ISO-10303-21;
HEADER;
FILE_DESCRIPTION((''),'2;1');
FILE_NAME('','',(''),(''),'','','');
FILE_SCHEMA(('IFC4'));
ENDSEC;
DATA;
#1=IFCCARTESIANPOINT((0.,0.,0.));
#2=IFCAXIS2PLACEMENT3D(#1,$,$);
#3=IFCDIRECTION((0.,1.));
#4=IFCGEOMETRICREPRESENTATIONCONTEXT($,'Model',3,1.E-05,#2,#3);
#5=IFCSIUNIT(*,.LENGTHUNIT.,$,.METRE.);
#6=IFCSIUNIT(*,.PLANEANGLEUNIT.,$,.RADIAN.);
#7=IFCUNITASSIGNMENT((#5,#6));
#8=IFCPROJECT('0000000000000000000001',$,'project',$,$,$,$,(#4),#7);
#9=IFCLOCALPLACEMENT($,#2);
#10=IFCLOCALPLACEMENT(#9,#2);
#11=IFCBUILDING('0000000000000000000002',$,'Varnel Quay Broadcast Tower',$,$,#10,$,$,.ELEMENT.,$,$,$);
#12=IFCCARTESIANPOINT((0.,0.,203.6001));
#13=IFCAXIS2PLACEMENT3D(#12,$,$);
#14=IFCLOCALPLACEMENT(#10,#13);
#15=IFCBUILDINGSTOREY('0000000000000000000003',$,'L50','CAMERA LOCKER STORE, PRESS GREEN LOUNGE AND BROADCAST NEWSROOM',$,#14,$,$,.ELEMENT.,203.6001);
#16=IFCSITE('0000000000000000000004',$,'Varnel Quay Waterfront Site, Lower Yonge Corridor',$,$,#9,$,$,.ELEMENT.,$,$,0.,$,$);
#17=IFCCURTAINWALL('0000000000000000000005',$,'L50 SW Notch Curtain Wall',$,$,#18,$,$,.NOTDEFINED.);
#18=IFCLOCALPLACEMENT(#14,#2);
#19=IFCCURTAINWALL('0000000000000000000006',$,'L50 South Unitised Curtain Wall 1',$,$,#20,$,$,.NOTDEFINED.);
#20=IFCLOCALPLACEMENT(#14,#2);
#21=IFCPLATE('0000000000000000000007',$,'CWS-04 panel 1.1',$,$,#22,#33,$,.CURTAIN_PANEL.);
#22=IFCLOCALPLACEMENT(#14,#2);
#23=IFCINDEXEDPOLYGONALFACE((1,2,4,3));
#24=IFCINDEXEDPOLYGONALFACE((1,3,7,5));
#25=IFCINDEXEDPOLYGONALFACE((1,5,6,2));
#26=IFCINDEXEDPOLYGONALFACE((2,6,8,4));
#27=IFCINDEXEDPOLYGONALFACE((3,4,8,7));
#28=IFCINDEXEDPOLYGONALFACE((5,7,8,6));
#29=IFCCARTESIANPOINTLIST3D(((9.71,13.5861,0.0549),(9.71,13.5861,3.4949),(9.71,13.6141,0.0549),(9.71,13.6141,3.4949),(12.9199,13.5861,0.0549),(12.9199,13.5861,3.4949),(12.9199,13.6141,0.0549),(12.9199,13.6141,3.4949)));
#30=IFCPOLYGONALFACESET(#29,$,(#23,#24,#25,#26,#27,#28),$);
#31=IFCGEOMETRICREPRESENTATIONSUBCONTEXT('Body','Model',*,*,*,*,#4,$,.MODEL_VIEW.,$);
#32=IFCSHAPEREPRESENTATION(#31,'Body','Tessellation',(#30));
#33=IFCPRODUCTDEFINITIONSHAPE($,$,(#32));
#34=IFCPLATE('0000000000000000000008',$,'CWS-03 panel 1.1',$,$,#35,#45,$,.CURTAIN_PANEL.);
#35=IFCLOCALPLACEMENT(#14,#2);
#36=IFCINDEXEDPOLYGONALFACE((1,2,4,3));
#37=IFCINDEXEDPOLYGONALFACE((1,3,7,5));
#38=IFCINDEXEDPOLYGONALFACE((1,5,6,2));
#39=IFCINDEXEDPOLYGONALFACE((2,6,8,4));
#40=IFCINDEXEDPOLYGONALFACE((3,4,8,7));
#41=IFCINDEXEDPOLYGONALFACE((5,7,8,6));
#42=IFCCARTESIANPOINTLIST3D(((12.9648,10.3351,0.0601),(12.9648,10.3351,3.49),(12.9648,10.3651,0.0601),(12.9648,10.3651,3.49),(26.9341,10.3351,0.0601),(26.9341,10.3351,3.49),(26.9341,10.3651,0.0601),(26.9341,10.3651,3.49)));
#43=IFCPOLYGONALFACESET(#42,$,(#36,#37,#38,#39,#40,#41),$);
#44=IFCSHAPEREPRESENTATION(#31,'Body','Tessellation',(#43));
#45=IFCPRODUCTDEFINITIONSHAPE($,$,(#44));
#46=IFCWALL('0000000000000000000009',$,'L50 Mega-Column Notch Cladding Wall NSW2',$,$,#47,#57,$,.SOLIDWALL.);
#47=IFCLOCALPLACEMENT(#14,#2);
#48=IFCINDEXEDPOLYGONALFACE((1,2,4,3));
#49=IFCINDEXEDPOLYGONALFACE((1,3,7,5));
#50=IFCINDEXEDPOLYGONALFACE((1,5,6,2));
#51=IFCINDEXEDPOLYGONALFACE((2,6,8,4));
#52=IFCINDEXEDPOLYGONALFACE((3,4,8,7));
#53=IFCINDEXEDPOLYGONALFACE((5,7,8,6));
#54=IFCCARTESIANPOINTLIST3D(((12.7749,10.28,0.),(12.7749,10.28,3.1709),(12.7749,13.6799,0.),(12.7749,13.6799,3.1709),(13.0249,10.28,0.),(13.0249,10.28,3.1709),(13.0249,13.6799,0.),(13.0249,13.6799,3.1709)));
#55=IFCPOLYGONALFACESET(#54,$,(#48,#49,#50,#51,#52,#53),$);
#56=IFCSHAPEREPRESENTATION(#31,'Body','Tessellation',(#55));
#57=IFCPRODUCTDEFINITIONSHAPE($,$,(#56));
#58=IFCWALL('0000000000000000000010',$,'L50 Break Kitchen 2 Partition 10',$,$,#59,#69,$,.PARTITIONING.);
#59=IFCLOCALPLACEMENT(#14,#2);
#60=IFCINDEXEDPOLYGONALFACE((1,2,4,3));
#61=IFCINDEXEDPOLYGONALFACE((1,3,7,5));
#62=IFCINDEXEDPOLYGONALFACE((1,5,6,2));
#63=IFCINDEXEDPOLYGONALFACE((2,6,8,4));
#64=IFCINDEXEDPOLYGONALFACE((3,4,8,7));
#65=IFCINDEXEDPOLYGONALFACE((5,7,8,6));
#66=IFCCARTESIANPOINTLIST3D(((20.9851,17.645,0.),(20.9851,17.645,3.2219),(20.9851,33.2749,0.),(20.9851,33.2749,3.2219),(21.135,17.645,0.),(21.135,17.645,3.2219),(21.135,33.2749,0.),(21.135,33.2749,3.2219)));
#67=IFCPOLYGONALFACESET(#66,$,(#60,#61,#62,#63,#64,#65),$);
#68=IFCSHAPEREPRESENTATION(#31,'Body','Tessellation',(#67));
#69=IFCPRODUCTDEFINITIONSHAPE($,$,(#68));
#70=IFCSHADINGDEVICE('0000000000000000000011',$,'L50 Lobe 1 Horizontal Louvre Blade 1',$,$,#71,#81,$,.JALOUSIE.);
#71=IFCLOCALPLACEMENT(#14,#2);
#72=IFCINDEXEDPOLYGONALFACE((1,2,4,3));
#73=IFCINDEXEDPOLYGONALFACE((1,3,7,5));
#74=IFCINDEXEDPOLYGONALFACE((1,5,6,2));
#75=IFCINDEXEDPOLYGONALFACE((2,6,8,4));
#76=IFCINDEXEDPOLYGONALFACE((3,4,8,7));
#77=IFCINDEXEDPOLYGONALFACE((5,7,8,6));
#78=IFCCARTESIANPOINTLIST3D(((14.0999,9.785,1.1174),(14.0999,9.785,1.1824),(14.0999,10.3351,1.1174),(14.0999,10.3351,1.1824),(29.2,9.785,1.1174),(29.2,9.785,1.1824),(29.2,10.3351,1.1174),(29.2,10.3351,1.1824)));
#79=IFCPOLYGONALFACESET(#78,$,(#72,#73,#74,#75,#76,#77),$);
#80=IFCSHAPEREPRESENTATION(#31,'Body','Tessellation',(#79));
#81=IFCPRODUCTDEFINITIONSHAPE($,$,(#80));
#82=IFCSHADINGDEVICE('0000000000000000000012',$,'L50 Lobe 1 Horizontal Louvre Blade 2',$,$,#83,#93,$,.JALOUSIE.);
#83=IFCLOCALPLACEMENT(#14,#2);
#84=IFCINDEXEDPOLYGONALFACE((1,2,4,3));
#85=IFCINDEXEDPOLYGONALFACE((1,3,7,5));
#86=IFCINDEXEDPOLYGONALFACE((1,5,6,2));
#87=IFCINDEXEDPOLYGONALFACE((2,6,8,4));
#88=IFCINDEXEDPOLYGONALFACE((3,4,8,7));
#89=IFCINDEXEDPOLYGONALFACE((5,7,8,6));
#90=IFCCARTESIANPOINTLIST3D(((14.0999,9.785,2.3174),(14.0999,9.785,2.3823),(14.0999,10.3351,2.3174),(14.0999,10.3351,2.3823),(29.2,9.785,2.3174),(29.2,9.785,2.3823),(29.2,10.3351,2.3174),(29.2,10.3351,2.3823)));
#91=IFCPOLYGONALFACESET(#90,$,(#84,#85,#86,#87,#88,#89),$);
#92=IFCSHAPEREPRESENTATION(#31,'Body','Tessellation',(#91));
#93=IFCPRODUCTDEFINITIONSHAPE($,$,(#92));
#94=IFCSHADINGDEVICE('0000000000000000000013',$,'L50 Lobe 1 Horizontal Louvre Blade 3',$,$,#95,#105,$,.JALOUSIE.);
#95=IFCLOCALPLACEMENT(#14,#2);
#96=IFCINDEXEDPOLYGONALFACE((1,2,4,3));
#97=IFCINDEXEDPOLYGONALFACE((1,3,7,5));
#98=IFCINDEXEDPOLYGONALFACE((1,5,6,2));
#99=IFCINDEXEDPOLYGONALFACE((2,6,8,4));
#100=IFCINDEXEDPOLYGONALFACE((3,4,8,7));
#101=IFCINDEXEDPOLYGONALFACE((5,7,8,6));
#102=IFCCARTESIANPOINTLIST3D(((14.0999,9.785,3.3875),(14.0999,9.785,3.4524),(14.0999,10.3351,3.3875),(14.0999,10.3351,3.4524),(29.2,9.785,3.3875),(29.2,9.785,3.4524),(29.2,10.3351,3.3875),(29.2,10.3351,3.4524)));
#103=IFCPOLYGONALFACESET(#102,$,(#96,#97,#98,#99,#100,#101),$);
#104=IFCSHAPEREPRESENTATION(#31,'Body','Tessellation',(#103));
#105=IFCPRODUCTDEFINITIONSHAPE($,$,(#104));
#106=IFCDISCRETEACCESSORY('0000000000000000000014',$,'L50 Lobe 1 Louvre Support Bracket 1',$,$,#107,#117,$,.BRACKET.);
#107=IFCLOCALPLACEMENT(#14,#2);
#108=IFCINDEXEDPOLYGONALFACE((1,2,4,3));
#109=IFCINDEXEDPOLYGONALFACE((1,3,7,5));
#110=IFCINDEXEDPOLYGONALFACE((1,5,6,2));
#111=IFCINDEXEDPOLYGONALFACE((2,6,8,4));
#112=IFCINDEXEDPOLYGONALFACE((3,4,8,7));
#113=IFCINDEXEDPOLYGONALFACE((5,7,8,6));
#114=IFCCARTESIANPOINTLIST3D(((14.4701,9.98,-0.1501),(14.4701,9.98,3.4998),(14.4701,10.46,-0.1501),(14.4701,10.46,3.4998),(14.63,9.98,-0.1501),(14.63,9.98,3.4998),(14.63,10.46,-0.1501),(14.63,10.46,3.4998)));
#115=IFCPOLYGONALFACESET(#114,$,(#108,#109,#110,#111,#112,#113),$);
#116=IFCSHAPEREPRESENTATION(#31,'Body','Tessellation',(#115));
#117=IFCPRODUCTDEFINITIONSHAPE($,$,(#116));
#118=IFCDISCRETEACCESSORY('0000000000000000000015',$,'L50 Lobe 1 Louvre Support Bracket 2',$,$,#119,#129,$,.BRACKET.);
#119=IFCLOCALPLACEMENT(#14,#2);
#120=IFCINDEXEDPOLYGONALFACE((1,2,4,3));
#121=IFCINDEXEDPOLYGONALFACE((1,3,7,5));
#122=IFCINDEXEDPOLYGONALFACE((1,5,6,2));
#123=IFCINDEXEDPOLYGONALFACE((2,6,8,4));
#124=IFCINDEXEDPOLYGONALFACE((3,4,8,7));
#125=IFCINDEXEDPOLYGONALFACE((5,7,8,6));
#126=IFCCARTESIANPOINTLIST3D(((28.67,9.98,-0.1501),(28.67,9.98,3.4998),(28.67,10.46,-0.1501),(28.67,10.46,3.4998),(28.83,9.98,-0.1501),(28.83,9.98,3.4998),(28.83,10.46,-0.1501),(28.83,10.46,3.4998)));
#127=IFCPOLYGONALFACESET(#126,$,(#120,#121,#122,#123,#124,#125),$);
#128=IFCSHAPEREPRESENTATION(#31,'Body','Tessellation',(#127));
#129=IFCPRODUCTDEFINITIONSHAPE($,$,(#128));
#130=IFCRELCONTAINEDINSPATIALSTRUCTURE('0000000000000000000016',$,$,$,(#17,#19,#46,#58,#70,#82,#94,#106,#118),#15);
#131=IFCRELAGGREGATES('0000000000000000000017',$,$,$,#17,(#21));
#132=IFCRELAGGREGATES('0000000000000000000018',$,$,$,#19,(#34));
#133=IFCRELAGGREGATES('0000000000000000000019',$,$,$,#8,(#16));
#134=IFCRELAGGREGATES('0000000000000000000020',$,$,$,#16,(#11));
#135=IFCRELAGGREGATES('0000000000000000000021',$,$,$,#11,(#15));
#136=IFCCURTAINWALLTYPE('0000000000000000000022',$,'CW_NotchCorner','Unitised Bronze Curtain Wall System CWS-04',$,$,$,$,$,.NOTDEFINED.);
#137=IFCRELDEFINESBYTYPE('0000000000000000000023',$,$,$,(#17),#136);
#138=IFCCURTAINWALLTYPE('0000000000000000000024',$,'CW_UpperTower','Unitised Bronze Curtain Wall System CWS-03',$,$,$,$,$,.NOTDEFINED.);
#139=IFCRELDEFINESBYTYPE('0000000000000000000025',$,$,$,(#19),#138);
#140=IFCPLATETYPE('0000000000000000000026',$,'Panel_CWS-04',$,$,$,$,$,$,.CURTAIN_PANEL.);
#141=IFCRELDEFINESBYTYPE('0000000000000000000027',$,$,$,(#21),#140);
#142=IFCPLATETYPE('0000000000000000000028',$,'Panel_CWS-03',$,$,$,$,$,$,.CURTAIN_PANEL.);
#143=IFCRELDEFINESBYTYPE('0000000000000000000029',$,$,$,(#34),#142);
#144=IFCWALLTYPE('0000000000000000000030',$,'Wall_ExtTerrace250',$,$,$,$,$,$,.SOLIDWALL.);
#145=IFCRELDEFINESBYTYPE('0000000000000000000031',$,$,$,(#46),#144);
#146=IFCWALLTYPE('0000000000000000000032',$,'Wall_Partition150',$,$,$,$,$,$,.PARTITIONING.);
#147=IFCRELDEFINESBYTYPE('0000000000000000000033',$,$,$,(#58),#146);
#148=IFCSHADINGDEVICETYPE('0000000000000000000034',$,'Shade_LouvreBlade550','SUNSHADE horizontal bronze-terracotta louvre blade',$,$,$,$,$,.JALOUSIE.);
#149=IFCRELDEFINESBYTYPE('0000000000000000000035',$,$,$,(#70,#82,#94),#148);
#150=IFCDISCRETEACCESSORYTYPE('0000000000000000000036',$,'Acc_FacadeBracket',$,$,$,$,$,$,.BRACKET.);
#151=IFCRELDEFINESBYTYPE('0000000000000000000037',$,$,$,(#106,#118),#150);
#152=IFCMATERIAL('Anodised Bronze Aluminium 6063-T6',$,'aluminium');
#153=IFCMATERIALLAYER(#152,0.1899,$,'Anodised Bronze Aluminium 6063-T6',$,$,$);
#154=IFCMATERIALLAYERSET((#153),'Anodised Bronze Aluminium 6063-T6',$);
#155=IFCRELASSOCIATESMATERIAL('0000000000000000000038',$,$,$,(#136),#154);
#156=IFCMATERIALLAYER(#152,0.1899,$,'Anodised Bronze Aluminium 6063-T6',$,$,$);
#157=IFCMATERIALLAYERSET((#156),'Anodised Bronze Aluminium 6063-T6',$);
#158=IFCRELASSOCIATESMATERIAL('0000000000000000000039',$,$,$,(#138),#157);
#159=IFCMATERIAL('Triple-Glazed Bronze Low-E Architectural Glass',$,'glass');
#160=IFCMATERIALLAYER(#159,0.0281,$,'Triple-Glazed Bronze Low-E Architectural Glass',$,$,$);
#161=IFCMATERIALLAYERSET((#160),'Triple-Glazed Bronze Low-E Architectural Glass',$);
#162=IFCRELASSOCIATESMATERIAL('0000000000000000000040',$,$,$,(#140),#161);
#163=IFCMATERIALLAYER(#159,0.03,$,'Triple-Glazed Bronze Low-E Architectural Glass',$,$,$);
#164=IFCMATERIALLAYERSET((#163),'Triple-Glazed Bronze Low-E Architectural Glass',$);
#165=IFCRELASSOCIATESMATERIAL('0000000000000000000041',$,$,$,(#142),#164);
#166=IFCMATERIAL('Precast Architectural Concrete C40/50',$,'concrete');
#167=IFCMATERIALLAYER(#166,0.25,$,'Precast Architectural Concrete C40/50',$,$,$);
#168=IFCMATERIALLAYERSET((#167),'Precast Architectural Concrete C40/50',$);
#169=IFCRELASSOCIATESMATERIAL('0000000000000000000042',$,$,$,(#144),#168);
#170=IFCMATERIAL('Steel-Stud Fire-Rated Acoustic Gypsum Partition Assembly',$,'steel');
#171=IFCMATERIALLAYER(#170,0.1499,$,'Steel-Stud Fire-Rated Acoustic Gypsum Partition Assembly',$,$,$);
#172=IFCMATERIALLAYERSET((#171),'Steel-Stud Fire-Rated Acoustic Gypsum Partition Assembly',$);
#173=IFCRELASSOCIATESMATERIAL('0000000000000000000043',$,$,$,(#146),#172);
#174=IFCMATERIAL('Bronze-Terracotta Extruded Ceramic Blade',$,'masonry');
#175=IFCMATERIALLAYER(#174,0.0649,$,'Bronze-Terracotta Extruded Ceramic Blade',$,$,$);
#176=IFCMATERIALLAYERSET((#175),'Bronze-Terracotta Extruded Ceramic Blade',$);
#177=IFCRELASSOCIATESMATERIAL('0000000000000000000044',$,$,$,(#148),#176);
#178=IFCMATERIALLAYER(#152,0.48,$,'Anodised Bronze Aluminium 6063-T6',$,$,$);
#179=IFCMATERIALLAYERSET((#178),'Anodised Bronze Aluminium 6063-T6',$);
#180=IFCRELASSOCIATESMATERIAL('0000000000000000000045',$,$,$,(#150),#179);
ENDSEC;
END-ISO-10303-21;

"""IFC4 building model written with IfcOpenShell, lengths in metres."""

from ifc_helpers import new_model, si_unit, direction, frame, frame_2d, origin, origin_2d, place, context, subcontext, project, spatial, rectangle, extrude, source, transform, mapped, material, layer, layer_set, type_object, type_shapes, element, aggregate, save


model = new_model("IFC4")

# Units and contexts
model_context = context("Model", 3, precision=1e-05, world=origin(), true_north=direction((0.0, 1.0)))
body_context = subcontext(model_context, "Body", "Model", "MODEL_VIEW")
ifc_project = project(units=[si_unit("LENGTHUNIT", "METRE"), si_unit("PLANEANGLEUNIT", "RADIAN")], contexts=[model_context])

# Site, building, storey
site_placement = place(None, origin())
site = spatial("IfcSite", under=ifc_project, at=site_placement, Name="Varnel Quay Waterfront Site, Lower Yonge Corridor", CompositionType="ELEMENT", RefElevation=0.0)
building_placement = place(site_placement, origin())
building = spatial("IfcBuilding", under=site, at=building_placement, Name="Varnel Quay Broadcast Tower", CompositionType="ELEMENT")
storey_placement = place(building_placement, frame((0.0, 0.0, 203.6001)))
storey = spatial("IfcBuildingStorey", under=building, at=storey_placement, Name="L50", Description="CAMERA LOCKER STORE, PRESS GREEN LOUNGE AND BROADCAST NEWSROOM", CompositionType="ELEMENT", Elevation=203.6001)

# Curtain wall
ifc_material_1 = material(Name="Anodised Bronze Aluminium 6063-T6", Category="aluminium")
ifc_layer_1 = layer(ifc_material_1, 0.1899, Name="Anodised Bronze Aluminium 6063-T6")
ifc_layer_set_1 = layer_set([ifc_layer_1], Name="Anodised Bronze Aluminium 6063-T6")
curtain_wall_type_1 = type_object("IfcCurtainWallType", Name="CW_NotchCorner", Description="Unitised Bronze Curtain Wall System CWS-04", PredefinedType="NOTDEFINED", material=ifc_layer_set_1)
curtain_wall_1_placement = place(storey_placement, origin())
curtain_wall_1 = element("IfcCurtainWall", 1, at=curtain_wall_1_placement, inside=storey, type_object=curtain_wall_type_1, Name="L50 SW Notch Curtain Wall", PredefinedType="NOTDEFINED")

# Curtain wall
ifc_layer_2 = layer(ifc_material_1, 0.1899, Name="Anodised Bronze Aluminium 6063-T6")
ifc_layer_set_2 = layer_set([ifc_layer_2], Name="Anodised Bronze Aluminium 6063-T6")
curtain_wall_type_2 = type_object("IfcCurtainWallType", Name="CW_UpperTower", Description="Unitised Bronze Curtain Wall System CWS-03", PredefinedType="NOTDEFINED", material=ifc_layer_set_2)
curtain_wall_2_placement = place(storey_placement, origin())
curtain_wall_2 = element("IfcCurtainWall", 2, at=curtain_wall_2_placement, inside=storey, type_object=curtain_wall_type_2, Name="L50 South Unitised Curtain Wall 1", PredefinedType="NOTDEFINED")

# Plates
ifc_material_2 = material(Name="Triple-Glazed Bronze Low-E Architectural Glass", Category="glass")
ifc_layer_3 = layer(ifc_material_2, 0.0281, Name="Triple-Glazed Bronze Low-E Architectural Glass")
ifc_layer_set_3 = layer_set([ifc_layer_3], Name="Triple-Glazed Bronze Low-E Architectural Glass")
plate_type_1 = type_object("IfcPlateType", Name="Panel_CWS-04", PredefinedType="CURTAIN_PANEL", material=ifc_layer_set_3)
shared_shape_1 = source(origin(), body_context, "Body", "SweptSolid", [
    extrude(rectangle(XDim=3.21, YDim=0.0281, at=origin_2d()), origin(), (0.0, 0.0, 1.0), 3.4399),
])
type_shapes(plate_type_1, [shared_shape_1])
plate_1_placement = place(storey_placement, frame((11.3149, 13.6001, 0.0549), z_axis=(0.0, 0.0, 1.0), x_axis=(1.0, 0.0, 0.0)))
plate_1 = element("IfcPlate", 3, at=plate_1_placement, type_object=plate_type_1, Name="CWS-04 panel 1.1", PredefinedType="CURTAIN_PANEL", context=body_context, shape_type="MappedRepresentation", body=[
    mapped(shared_shape_1, transform((0.0, 0.0, 0.0), x_axis=(1.0, 0.0, 0.0), y_axis=(0.0, 1.0, 0.0), z_axis=(0.0, 0.0, 1.0), scale=1.0)),
])
aggregate(curtain_wall_1, [plate_1])
ifc_layer_4 = layer(ifc_material_2, 0.03, Name="Triple-Glazed Bronze Low-E Architectural Glass")
ifc_layer_set_4 = layer_set([ifc_layer_4], Name="Triple-Glazed Bronze Low-E Architectural Glass")
plate_type_2 = type_object("IfcPlateType", Name="Panel_CWS-03", PredefinedType="CURTAIN_PANEL", material=ifc_layer_set_4)
shared_shape_2 = source(origin(), body_context, "Body", "SweptSolid", [
    extrude(rectangle(XDim=13.9692, YDim=0.03, at=origin_2d()), origin(), (0.0, 0.0, 1.0), 3.4299),
])
type_shapes(plate_type_2, [shared_shape_2])
plate_2_placement = place(storey_placement, frame((19.9495, 10.3501, 0.0601), z_axis=(0.0, 0.0, 1.0), x_axis=(1.0, 0.0, 0.0)))
plate_2 = element("IfcPlate", 4, at=plate_2_placement, type_object=plate_type_2, Name="CWS-03 panel 1.1", PredefinedType="CURTAIN_PANEL", context=body_context, shape_type="MappedRepresentation", body=[
    mapped(shared_shape_2, transform((0.0, 0.0, 0.0), x_axis=(1.0, 0.0, 0.0), y_axis=(0.0, 1.0, 0.0), z_axis=(0.0, 0.0, 1.0), scale=1.0)),
])
aggregate(curtain_wall_2, [plate_2])

# Walls
ifc_material_3 = material(Name="Precast Architectural Concrete C40/50", Category="concrete")
ifc_layer_5 = layer(ifc_material_3, 0.25, Name="Precast Architectural Concrete C40/50")
ifc_layer_set_5 = layer_set([ifc_layer_5], Name="Precast Architectural Concrete C40/50")
wall_type_1 = type_object("IfcWallType", Name="Wall_ExtTerrace250", PredefinedType="SOLIDWALL", material=ifc_layer_set_5)
wall_1_placement = place(storey_placement, frame((12.8999, 10.28, 0.0), z_axis=(0.0, 0.0, 1.0), x_axis=(0.0, 1.0, 0.0)))
element("IfcWall", 5, at=wall_1_placement, inside=storey, type_object=wall_type_1, Name="L50 Mega-Column Notch Cladding Wall NSW2", PredefinedType="SOLIDWALL", context=body_context, shape_type="SweptSolid", body=[
    extrude(rectangle(XDim=3.3999, YDim=0.25, at=frame_2d((1.7, 0.0))), origin(), (0.0, 0.0, 1.0), 3.1709),
])
ifc_material_4 = material(Name="Steel-Stud Fire-Rated Acoustic Gypsum Partition Assembly", Category="steel")
ifc_layer_6 = layer(ifc_material_4, 0.1499, Name="Steel-Stud Fire-Rated Acoustic Gypsum Partition Assembly")
ifc_layer_set_6 = layer_set([ifc_layer_6], Name="Steel-Stud Fire-Rated Acoustic Gypsum Partition Assembly")
wall_type_2 = type_object("IfcWallType", Name="Wall_Partition150", PredefinedType="PARTITIONING", material=ifc_layer_set_6)
wall_2_placement = place(storey_placement, frame((21.0601, 17.645, 0.0), z_axis=(0.0, 0.0, 1.0), x_axis=(0.0, 1.0, 0.0)))
element("IfcWall", 6, at=wall_2_placement, inside=storey, type_object=wall_type_2, Name="L50 Break Kitchen 2 Partition 10", PredefinedType="PARTITIONING", context=body_context, shape_type="SweptSolid", body=[
    extrude(rectangle(XDim=15.6299, YDim=0.1499, at=frame_2d((7.8149, 0.0))), origin(), (0.0, 0.0, 1.0), 3.2219),
])

# Shading devices
ifc_material_5 = material(Name="Bronze-Terracotta Extruded Ceramic Blade", Category="masonry")
ifc_layer_7 = layer(ifc_material_5, 0.0649, Name="Bronze-Terracotta Extruded Ceramic Blade")
ifc_layer_set_7 = layer_set([ifc_layer_7], Name="Bronze-Terracotta Extruded Ceramic Blade")
shading_device_type = type_object("IfcShadingDeviceType", Name="Shade_LouvreBlade550", Description="SUNSHADE horizontal bronze-terracotta louvre blade", PredefinedType="JALOUSIE", material=ifc_layer_set_7)
shared_shape_3 = source(origin(), body_context, "Body", "SweptSolid", [
    extrude(rectangle(XDim=15.1001, YDim=0.55, at=origin_2d()), origin(), (0.0, 0.0, 1.0), 0.0649),
])
type_shapes(shading_device_type, [shared_shape_3])
for number, where, z_axis, x_axis, name in (
    (7, (21.6499, 10.0601, 1.1174), (0.0, 0.0, 1.0), (1.0, 0.0, 0.0), "L50 Lobe 1 Horizontal Louvre Blade 1"),
    (8, (21.6499, 10.0601, 2.3174), (0.0, 0.0, 1.0), (1.0, 0.0, 0.0), "L50 Lobe 1 Horizontal Louvre Blade 2"),
    (9, (21.6499, 10.0601, 3.3875), (0.0, 0.0, 1.0), (1.0, 0.0, 0.0), "L50 Lobe 1 Horizontal Louvre Blade 3"),
):
    element("IfcShadingDevice", number, at=place(storey_placement, frame(where, z_axis=z_axis, x_axis=x_axis)), inside=storey, type_object=shading_device_type, Name=name, PredefinedType="JALOUSIE", context=body_context, shape_type="MappedRepresentation", body=[
        mapped(shared_shape_3, transform((0.0, 0.0, 0.0), x_axis=(1.0, 0.0, 0.0), y_axis=(0.0, 1.0, 0.0), z_axis=(0.0, 0.0, 1.0), scale=1.0)),
    ])

# Discrete accessories
ifc_layer_8 = layer(ifc_material_1, 0.48, Name="Anodised Bronze Aluminium 6063-T6")
ifc_layer_set_8 = layer_set([ifc_layer_8], Name="Anodised Bronze Aluminium 6063-T6")
discrete_accessory_type = type_object("IfcDiscreteAccessoryType", Name="Acc_FacadeBracket", PredefinedType="BRACKET", material=ifc_layer_set_8)
shared_shape_4 = source(origin(), body_context, "Body", "SweptSolid", [
    extrude(rectangle(XDim=0.1599, YDim=0.48, at=origin_2d()), origin(), (0.0, 0.0, 1.0), 3.6499),
])
type_shapes(discrete_accessory_type, [shared_shape_4])
for number, where, z_axis, x_axis, name in (
    (10, (14.55, 10.22, -0.1501), (0.0, 0.0, 1.0), (1.0, 0.0, 0.0), "L50 Lobe 1 Louvre Support Bracket 1"),
    (11, (28.75, 10.22, -0.1501), (0.0, 0.0, 1.0), (1.0, 0.0, 0.0), "L50 Lobe 1 Louvre Support Bracket 2"),
):
    element("IfcDiscreteAccessory", number, at=place(storey_placement, frame(where, z_axis=z_axis, x_axis=x_axis)), inside=storey, type_object=discrete_accessory_type, Name=name, PredefinedType="BRACKET", context=body_context, shape_type="MappedRepresentation", body=[
        mapped(shared_shape_4, transform((0.0, 0.0, 0.0), x_axis=(1.0, 0.0, 0.0), y_axis=(0.0, 1.0, 0.0), z_axis=(0.0, 0.0, 1.0), scale=1.0)),
    ])

save(model, "model.ifc")
